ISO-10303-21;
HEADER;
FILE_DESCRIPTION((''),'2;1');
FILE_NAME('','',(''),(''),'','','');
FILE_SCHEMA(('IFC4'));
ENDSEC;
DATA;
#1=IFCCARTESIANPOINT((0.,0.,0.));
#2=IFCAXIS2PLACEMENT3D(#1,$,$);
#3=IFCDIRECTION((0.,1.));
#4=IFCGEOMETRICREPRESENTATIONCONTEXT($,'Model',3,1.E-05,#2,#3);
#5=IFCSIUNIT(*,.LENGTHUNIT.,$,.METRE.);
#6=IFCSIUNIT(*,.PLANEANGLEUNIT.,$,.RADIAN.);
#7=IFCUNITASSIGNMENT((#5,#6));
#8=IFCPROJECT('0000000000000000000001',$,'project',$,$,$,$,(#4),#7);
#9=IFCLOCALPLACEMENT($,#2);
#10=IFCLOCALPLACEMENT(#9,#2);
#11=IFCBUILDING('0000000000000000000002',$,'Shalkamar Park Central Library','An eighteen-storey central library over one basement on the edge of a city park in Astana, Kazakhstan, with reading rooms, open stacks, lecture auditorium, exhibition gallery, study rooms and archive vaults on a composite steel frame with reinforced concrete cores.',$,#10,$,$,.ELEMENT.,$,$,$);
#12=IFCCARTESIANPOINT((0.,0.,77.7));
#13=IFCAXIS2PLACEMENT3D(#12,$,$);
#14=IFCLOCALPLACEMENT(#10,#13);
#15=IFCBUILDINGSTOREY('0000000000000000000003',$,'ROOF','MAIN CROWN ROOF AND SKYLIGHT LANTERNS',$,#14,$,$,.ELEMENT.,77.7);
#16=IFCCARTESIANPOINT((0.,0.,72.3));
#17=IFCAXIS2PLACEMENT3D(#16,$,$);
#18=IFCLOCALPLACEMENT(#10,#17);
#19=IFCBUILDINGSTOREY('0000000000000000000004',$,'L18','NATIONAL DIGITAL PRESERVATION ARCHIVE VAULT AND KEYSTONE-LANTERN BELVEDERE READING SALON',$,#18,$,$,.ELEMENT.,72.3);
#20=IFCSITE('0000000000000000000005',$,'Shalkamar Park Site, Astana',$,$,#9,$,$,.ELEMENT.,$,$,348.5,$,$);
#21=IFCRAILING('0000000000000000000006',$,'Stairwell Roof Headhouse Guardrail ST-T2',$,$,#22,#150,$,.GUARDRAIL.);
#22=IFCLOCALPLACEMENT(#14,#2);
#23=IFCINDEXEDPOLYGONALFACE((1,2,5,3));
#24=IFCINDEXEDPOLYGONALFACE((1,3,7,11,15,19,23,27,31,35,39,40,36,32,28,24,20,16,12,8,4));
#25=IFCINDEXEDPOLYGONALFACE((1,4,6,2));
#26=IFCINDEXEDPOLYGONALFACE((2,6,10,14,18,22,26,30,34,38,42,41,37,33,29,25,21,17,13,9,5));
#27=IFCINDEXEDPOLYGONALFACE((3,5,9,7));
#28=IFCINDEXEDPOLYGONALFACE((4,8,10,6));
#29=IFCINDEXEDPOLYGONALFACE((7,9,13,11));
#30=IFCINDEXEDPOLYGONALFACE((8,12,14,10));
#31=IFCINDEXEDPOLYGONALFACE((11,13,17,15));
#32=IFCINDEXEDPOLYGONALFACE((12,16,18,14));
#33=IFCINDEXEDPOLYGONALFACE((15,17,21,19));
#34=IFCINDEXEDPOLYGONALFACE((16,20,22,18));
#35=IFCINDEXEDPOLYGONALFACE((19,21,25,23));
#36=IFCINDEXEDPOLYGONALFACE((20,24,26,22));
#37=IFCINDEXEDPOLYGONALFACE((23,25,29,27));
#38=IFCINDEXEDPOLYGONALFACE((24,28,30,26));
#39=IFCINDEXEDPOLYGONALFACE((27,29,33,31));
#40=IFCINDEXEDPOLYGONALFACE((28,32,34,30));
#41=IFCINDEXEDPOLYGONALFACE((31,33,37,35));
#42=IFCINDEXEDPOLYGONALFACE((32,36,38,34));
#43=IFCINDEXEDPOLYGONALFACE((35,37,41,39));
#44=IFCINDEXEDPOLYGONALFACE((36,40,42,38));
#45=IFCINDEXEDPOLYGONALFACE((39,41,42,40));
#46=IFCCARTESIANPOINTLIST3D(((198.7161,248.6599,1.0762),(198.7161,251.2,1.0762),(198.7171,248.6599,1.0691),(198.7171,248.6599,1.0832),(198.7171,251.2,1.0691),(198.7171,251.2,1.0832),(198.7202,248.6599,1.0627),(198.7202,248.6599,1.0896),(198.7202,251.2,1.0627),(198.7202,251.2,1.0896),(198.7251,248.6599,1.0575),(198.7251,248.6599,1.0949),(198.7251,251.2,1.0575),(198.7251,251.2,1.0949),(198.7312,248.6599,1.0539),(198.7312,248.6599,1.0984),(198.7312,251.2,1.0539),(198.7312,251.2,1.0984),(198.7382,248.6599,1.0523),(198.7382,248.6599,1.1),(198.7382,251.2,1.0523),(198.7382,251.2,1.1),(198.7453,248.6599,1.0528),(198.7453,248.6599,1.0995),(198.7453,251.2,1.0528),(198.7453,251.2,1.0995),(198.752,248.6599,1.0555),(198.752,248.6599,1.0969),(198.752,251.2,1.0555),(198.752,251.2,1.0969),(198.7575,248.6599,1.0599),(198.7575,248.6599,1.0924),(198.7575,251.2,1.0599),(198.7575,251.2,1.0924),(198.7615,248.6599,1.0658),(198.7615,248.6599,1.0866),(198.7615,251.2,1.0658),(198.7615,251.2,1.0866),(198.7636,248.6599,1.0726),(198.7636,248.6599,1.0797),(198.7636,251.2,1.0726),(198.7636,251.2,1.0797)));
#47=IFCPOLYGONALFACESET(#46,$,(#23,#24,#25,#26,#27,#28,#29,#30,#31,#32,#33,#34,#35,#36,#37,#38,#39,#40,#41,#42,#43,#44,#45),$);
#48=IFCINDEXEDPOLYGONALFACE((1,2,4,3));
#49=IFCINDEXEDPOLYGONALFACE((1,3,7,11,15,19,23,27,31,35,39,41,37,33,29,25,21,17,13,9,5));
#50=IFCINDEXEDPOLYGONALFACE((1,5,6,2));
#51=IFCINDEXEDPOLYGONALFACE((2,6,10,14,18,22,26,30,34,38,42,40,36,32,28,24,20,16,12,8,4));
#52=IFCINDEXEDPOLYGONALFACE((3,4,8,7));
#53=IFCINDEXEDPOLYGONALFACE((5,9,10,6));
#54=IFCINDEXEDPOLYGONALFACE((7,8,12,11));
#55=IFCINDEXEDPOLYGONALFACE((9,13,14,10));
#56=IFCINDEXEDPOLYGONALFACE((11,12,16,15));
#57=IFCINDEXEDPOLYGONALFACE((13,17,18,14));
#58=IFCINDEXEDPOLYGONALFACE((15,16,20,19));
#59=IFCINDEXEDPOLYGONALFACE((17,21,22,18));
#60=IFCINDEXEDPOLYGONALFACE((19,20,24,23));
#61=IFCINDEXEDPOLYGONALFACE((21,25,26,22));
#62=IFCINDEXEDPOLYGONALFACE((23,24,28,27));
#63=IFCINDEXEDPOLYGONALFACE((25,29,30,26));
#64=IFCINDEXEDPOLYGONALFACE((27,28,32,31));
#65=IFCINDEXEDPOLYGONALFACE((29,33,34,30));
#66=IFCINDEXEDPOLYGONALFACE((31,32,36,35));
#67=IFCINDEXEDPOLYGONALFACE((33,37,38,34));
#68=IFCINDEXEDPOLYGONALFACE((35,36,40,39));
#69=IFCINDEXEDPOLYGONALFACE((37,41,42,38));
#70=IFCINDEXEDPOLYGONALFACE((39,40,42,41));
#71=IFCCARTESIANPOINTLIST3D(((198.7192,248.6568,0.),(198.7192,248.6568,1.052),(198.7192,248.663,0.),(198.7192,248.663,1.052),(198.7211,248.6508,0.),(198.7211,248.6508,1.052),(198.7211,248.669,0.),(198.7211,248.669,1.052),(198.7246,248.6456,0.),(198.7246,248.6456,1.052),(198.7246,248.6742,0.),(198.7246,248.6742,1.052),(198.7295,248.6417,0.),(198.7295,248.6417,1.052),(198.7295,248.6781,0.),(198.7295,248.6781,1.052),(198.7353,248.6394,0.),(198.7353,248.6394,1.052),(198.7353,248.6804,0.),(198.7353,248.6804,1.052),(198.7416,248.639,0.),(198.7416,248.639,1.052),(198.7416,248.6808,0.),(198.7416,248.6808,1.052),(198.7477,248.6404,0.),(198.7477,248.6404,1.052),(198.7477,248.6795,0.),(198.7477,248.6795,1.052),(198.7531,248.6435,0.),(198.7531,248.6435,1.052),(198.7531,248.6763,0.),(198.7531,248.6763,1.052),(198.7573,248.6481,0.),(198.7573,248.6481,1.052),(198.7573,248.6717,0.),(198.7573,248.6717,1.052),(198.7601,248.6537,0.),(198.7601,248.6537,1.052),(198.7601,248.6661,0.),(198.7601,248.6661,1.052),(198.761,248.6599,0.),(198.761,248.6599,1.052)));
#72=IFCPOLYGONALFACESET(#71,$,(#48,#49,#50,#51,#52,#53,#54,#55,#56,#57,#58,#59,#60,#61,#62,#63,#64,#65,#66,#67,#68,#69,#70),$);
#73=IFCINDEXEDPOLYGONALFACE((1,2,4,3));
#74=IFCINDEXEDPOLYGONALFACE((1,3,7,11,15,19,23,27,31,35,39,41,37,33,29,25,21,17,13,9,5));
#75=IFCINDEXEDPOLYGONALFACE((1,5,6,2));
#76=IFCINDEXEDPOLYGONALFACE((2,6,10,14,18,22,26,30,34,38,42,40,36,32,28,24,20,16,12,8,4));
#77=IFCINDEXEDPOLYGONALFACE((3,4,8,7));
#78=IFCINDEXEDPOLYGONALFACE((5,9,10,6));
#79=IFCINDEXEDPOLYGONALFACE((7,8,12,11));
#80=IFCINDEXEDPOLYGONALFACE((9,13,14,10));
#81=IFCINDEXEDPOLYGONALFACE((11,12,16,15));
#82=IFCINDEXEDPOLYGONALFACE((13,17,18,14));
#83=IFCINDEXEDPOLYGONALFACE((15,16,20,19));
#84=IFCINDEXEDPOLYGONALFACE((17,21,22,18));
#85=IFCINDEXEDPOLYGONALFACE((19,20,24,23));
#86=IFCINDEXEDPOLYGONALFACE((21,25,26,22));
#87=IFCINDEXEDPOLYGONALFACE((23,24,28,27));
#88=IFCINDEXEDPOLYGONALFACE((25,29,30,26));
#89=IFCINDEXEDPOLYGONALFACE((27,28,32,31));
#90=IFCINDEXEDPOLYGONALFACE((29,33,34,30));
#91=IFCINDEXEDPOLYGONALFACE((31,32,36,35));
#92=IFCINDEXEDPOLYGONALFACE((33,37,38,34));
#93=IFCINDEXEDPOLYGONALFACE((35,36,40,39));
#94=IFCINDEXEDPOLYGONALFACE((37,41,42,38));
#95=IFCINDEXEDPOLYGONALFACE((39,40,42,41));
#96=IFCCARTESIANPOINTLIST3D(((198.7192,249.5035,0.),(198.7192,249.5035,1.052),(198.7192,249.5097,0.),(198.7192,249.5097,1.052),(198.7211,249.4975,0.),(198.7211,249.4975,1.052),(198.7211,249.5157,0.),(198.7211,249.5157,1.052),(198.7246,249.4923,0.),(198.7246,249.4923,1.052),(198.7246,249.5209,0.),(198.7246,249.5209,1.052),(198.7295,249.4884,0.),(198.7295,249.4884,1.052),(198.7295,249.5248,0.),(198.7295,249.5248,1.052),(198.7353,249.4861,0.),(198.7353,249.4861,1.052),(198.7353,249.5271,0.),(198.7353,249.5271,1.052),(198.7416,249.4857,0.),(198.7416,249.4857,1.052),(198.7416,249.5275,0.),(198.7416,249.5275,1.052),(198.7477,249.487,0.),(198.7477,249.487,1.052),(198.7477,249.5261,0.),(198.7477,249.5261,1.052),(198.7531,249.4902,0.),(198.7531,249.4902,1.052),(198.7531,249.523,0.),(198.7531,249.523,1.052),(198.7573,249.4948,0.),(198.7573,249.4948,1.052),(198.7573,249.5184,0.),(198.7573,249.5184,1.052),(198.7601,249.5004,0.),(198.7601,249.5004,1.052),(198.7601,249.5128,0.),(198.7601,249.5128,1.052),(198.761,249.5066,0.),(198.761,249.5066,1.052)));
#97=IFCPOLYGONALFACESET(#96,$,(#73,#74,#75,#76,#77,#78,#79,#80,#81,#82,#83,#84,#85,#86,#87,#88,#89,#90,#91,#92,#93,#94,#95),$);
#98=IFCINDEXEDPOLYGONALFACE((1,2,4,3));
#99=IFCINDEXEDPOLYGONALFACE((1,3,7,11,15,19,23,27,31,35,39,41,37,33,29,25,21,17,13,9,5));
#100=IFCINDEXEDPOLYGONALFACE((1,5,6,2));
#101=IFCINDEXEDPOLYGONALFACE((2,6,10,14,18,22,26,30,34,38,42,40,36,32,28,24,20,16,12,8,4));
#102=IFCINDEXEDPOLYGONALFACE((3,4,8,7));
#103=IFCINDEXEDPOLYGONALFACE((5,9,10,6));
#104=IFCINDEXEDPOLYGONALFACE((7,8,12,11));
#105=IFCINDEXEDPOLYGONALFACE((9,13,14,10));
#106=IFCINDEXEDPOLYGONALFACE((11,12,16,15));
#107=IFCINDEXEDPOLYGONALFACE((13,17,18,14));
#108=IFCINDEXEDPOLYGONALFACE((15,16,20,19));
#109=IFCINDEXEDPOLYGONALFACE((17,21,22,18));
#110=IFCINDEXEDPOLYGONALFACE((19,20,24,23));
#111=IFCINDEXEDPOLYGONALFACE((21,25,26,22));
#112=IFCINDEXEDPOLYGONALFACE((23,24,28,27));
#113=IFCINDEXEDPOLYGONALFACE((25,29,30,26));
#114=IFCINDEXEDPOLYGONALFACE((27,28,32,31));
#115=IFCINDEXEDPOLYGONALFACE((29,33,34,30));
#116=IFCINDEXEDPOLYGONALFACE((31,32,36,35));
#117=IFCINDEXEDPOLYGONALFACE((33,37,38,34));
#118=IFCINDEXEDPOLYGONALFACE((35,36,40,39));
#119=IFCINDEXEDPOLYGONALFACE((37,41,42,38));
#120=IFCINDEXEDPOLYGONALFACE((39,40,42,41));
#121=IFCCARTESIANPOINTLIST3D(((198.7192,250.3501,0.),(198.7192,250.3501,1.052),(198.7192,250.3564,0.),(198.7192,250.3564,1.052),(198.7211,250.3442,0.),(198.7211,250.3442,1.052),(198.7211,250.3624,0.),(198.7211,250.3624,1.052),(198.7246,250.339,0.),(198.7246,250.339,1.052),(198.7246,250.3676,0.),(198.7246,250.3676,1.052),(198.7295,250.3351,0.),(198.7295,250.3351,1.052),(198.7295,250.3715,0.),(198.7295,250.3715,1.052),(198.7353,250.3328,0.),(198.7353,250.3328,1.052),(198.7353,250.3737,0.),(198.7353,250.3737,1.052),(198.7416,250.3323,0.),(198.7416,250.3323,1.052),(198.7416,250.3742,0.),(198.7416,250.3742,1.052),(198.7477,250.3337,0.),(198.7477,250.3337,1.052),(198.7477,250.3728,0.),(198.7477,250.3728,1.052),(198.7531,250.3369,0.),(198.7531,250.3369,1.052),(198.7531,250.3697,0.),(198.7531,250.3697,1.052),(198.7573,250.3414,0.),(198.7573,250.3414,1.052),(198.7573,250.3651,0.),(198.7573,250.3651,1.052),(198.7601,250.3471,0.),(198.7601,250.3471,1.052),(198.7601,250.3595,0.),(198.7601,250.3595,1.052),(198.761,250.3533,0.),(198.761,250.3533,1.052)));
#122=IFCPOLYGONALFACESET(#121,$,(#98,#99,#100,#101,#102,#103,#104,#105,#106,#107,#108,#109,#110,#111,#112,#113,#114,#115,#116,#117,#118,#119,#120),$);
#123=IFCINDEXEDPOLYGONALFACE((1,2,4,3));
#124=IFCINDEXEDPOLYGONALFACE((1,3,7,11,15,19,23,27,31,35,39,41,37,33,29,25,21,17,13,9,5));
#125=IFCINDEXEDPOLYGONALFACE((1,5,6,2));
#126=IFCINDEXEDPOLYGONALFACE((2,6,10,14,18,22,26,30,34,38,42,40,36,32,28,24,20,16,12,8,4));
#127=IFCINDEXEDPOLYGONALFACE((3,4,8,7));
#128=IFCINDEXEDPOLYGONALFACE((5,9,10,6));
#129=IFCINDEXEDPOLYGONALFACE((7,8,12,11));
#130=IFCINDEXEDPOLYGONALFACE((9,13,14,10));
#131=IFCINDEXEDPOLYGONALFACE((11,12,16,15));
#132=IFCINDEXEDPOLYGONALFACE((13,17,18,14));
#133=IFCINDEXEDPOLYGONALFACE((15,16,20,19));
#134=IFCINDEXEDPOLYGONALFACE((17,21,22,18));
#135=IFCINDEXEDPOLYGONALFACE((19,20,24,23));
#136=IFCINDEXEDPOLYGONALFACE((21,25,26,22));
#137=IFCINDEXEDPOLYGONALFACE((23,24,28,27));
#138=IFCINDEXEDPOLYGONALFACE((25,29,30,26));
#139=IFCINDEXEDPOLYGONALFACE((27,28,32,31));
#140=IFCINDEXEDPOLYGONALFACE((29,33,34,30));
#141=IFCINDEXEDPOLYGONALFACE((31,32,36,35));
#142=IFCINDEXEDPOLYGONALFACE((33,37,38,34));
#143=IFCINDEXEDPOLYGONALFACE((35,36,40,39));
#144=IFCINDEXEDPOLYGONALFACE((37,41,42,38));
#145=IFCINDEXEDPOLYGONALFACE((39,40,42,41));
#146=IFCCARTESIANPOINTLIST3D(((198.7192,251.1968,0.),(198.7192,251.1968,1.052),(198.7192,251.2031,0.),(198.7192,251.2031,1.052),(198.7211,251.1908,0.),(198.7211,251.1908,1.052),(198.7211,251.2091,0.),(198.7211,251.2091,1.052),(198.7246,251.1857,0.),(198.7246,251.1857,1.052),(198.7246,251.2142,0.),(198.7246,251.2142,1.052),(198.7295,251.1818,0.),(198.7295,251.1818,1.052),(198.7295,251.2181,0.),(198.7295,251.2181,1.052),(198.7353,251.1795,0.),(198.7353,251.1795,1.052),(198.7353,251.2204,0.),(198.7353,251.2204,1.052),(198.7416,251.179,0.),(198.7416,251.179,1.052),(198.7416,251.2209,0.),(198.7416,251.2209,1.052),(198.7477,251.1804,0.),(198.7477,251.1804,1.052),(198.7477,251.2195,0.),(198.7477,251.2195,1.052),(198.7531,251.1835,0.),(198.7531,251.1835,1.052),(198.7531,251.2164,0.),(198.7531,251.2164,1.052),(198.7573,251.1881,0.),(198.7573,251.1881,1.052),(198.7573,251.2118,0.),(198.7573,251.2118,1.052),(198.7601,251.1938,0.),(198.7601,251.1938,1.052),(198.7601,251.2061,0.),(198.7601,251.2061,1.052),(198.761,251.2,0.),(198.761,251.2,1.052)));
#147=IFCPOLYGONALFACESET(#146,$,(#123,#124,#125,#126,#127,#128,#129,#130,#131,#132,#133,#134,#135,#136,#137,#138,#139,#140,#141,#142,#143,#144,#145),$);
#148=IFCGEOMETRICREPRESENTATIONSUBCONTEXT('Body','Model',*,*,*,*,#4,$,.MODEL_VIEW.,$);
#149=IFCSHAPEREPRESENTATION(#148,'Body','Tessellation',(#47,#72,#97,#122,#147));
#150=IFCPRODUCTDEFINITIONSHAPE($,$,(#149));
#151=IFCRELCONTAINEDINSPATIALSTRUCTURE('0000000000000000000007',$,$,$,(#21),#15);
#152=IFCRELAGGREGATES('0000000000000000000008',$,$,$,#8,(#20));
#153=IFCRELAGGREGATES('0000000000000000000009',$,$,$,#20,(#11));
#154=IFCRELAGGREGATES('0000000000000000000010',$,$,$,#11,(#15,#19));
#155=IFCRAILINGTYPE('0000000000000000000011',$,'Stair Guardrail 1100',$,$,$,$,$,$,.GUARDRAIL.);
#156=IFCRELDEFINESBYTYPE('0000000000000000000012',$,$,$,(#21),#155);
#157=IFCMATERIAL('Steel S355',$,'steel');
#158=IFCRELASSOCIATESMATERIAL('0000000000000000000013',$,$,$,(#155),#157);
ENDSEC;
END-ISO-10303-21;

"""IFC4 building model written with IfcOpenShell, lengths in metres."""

from ifc_helpers import new_model, si_unit, direction, frame, origin, origin_2d, place, context, subcontext, project, spatial, circle, extrude, material, type_object, element, save


model = new_model("IFC4")

# Units and contexts
model_context = context("Model", 3, precision=1e-05, world=origin(), true_north=direction((0.0, 1.0)))
body_context = subcontext(model_context, "Body", "Model", "MODEL_VIEW")
ifc_project = project(units=[si_unit("LENGTHUNIT", "METRE"), si_unit("PLANEANGLEUNIT", "RADIAN")], contexts=[model_context])

# Site, building, storey
site_placement = place(None, origin())
site = spatial("IfcSite", under=ifc_project, at=site_placement, Name="Shalkamar Park Site, Astana", CompositionType="ELEMENT", RefElevation=348.5)
building_placement = place(site_placement, origin())
building = spatial("IfcBuilding", under=site, at=building_placement, Name="Shalkamar Park Central Library", Description="An eighteen-storey central library over one basement on the edge of a city park in Astana, Kazakhstan, with reading rooms, open stacks, lecture auditorium, exhibition gallery, study rooms and archive vaults on a composite steel frame with reinforced concrete cores.", CompositionType="ELEMENT")
storey_1_placement = place(building_placement, frame((0.0, 0.0, 77.7)))
storey_1 = spatial("IfcBuildingStorey", under=building, at=storey_1_placement, Name="ROOF", Description="MAIN CROWN ROOF AND SKYLIGHT LANTERNS", CompositionType="ELEMENT", Elevation=77.7)

# Shared definitions
ifc_material_1 = material(Name="Steel S355", Category="steel")

# Shared definitions
storey_2_placement = place(building_placement, frame((0.0, 0.0, 72.3)))
storey_2 = spatial("IfcBuildingStorey", under=building, at=storey_2_placement, Name="L18", Description="NATIONAL DIGITAL PRESERVATION ARCHIVE VAULT AND KEYSTONE-LANTERN BELVEDERE READING SALON", CompositionType="ELEMENT", Elevation=72.3)

# Railing
railing_type = type_object("IfcRailingType", Name="Stair Guardrail 1100", PredefinedType="GUARDRAIL", material=ifc_material_1)
for number, where, name in (
    (1, (198.74, 248.6599, 0.0), "Stairwell Roof Headhouse Guardrail ST-T2"),
):
    element("IfcRailing", number, at=place(storey_1_placement, frame(where)), inside=storey_1, type_object=railing_type, Name=name, PredefinedType="GUARDRAIL", context=body_context, shape_type="SweptSolid", body=[
        extrude(circle(Radius=0.0239, at=origin_2d()), frame((0.0, 0.0, 1.0762), z_axis=(0.0, 1.0, 0.0), x_axis=(-1.0, 0.0, 0.0)), (0.0, 0.0, 1.0), 2.54),
        extrude(circle(Radius=0.021, at=origin_2d()), origin(), (0.0, 0.0, 1.0), 1.052),
        extrude(circle(Radius=0.021, at=origin_2d()), frame((0.0, 0.8467, 0.0)), (0.0, 0.0, 1.0), 1.052),
        extrude(circle(Radius=0.021, at=origin_2d()), frame((0.0, 1.6934, 0.0)), (0.0, 0.0, 1.0), 1.052),
        extrude(circle(Radius=0.021, at=origin_2d()), frame((0.0, 2.54, 0.0)), (0.0, 0.0, 1.0), 1.052),
    ])

save(model, "model.ifc")
